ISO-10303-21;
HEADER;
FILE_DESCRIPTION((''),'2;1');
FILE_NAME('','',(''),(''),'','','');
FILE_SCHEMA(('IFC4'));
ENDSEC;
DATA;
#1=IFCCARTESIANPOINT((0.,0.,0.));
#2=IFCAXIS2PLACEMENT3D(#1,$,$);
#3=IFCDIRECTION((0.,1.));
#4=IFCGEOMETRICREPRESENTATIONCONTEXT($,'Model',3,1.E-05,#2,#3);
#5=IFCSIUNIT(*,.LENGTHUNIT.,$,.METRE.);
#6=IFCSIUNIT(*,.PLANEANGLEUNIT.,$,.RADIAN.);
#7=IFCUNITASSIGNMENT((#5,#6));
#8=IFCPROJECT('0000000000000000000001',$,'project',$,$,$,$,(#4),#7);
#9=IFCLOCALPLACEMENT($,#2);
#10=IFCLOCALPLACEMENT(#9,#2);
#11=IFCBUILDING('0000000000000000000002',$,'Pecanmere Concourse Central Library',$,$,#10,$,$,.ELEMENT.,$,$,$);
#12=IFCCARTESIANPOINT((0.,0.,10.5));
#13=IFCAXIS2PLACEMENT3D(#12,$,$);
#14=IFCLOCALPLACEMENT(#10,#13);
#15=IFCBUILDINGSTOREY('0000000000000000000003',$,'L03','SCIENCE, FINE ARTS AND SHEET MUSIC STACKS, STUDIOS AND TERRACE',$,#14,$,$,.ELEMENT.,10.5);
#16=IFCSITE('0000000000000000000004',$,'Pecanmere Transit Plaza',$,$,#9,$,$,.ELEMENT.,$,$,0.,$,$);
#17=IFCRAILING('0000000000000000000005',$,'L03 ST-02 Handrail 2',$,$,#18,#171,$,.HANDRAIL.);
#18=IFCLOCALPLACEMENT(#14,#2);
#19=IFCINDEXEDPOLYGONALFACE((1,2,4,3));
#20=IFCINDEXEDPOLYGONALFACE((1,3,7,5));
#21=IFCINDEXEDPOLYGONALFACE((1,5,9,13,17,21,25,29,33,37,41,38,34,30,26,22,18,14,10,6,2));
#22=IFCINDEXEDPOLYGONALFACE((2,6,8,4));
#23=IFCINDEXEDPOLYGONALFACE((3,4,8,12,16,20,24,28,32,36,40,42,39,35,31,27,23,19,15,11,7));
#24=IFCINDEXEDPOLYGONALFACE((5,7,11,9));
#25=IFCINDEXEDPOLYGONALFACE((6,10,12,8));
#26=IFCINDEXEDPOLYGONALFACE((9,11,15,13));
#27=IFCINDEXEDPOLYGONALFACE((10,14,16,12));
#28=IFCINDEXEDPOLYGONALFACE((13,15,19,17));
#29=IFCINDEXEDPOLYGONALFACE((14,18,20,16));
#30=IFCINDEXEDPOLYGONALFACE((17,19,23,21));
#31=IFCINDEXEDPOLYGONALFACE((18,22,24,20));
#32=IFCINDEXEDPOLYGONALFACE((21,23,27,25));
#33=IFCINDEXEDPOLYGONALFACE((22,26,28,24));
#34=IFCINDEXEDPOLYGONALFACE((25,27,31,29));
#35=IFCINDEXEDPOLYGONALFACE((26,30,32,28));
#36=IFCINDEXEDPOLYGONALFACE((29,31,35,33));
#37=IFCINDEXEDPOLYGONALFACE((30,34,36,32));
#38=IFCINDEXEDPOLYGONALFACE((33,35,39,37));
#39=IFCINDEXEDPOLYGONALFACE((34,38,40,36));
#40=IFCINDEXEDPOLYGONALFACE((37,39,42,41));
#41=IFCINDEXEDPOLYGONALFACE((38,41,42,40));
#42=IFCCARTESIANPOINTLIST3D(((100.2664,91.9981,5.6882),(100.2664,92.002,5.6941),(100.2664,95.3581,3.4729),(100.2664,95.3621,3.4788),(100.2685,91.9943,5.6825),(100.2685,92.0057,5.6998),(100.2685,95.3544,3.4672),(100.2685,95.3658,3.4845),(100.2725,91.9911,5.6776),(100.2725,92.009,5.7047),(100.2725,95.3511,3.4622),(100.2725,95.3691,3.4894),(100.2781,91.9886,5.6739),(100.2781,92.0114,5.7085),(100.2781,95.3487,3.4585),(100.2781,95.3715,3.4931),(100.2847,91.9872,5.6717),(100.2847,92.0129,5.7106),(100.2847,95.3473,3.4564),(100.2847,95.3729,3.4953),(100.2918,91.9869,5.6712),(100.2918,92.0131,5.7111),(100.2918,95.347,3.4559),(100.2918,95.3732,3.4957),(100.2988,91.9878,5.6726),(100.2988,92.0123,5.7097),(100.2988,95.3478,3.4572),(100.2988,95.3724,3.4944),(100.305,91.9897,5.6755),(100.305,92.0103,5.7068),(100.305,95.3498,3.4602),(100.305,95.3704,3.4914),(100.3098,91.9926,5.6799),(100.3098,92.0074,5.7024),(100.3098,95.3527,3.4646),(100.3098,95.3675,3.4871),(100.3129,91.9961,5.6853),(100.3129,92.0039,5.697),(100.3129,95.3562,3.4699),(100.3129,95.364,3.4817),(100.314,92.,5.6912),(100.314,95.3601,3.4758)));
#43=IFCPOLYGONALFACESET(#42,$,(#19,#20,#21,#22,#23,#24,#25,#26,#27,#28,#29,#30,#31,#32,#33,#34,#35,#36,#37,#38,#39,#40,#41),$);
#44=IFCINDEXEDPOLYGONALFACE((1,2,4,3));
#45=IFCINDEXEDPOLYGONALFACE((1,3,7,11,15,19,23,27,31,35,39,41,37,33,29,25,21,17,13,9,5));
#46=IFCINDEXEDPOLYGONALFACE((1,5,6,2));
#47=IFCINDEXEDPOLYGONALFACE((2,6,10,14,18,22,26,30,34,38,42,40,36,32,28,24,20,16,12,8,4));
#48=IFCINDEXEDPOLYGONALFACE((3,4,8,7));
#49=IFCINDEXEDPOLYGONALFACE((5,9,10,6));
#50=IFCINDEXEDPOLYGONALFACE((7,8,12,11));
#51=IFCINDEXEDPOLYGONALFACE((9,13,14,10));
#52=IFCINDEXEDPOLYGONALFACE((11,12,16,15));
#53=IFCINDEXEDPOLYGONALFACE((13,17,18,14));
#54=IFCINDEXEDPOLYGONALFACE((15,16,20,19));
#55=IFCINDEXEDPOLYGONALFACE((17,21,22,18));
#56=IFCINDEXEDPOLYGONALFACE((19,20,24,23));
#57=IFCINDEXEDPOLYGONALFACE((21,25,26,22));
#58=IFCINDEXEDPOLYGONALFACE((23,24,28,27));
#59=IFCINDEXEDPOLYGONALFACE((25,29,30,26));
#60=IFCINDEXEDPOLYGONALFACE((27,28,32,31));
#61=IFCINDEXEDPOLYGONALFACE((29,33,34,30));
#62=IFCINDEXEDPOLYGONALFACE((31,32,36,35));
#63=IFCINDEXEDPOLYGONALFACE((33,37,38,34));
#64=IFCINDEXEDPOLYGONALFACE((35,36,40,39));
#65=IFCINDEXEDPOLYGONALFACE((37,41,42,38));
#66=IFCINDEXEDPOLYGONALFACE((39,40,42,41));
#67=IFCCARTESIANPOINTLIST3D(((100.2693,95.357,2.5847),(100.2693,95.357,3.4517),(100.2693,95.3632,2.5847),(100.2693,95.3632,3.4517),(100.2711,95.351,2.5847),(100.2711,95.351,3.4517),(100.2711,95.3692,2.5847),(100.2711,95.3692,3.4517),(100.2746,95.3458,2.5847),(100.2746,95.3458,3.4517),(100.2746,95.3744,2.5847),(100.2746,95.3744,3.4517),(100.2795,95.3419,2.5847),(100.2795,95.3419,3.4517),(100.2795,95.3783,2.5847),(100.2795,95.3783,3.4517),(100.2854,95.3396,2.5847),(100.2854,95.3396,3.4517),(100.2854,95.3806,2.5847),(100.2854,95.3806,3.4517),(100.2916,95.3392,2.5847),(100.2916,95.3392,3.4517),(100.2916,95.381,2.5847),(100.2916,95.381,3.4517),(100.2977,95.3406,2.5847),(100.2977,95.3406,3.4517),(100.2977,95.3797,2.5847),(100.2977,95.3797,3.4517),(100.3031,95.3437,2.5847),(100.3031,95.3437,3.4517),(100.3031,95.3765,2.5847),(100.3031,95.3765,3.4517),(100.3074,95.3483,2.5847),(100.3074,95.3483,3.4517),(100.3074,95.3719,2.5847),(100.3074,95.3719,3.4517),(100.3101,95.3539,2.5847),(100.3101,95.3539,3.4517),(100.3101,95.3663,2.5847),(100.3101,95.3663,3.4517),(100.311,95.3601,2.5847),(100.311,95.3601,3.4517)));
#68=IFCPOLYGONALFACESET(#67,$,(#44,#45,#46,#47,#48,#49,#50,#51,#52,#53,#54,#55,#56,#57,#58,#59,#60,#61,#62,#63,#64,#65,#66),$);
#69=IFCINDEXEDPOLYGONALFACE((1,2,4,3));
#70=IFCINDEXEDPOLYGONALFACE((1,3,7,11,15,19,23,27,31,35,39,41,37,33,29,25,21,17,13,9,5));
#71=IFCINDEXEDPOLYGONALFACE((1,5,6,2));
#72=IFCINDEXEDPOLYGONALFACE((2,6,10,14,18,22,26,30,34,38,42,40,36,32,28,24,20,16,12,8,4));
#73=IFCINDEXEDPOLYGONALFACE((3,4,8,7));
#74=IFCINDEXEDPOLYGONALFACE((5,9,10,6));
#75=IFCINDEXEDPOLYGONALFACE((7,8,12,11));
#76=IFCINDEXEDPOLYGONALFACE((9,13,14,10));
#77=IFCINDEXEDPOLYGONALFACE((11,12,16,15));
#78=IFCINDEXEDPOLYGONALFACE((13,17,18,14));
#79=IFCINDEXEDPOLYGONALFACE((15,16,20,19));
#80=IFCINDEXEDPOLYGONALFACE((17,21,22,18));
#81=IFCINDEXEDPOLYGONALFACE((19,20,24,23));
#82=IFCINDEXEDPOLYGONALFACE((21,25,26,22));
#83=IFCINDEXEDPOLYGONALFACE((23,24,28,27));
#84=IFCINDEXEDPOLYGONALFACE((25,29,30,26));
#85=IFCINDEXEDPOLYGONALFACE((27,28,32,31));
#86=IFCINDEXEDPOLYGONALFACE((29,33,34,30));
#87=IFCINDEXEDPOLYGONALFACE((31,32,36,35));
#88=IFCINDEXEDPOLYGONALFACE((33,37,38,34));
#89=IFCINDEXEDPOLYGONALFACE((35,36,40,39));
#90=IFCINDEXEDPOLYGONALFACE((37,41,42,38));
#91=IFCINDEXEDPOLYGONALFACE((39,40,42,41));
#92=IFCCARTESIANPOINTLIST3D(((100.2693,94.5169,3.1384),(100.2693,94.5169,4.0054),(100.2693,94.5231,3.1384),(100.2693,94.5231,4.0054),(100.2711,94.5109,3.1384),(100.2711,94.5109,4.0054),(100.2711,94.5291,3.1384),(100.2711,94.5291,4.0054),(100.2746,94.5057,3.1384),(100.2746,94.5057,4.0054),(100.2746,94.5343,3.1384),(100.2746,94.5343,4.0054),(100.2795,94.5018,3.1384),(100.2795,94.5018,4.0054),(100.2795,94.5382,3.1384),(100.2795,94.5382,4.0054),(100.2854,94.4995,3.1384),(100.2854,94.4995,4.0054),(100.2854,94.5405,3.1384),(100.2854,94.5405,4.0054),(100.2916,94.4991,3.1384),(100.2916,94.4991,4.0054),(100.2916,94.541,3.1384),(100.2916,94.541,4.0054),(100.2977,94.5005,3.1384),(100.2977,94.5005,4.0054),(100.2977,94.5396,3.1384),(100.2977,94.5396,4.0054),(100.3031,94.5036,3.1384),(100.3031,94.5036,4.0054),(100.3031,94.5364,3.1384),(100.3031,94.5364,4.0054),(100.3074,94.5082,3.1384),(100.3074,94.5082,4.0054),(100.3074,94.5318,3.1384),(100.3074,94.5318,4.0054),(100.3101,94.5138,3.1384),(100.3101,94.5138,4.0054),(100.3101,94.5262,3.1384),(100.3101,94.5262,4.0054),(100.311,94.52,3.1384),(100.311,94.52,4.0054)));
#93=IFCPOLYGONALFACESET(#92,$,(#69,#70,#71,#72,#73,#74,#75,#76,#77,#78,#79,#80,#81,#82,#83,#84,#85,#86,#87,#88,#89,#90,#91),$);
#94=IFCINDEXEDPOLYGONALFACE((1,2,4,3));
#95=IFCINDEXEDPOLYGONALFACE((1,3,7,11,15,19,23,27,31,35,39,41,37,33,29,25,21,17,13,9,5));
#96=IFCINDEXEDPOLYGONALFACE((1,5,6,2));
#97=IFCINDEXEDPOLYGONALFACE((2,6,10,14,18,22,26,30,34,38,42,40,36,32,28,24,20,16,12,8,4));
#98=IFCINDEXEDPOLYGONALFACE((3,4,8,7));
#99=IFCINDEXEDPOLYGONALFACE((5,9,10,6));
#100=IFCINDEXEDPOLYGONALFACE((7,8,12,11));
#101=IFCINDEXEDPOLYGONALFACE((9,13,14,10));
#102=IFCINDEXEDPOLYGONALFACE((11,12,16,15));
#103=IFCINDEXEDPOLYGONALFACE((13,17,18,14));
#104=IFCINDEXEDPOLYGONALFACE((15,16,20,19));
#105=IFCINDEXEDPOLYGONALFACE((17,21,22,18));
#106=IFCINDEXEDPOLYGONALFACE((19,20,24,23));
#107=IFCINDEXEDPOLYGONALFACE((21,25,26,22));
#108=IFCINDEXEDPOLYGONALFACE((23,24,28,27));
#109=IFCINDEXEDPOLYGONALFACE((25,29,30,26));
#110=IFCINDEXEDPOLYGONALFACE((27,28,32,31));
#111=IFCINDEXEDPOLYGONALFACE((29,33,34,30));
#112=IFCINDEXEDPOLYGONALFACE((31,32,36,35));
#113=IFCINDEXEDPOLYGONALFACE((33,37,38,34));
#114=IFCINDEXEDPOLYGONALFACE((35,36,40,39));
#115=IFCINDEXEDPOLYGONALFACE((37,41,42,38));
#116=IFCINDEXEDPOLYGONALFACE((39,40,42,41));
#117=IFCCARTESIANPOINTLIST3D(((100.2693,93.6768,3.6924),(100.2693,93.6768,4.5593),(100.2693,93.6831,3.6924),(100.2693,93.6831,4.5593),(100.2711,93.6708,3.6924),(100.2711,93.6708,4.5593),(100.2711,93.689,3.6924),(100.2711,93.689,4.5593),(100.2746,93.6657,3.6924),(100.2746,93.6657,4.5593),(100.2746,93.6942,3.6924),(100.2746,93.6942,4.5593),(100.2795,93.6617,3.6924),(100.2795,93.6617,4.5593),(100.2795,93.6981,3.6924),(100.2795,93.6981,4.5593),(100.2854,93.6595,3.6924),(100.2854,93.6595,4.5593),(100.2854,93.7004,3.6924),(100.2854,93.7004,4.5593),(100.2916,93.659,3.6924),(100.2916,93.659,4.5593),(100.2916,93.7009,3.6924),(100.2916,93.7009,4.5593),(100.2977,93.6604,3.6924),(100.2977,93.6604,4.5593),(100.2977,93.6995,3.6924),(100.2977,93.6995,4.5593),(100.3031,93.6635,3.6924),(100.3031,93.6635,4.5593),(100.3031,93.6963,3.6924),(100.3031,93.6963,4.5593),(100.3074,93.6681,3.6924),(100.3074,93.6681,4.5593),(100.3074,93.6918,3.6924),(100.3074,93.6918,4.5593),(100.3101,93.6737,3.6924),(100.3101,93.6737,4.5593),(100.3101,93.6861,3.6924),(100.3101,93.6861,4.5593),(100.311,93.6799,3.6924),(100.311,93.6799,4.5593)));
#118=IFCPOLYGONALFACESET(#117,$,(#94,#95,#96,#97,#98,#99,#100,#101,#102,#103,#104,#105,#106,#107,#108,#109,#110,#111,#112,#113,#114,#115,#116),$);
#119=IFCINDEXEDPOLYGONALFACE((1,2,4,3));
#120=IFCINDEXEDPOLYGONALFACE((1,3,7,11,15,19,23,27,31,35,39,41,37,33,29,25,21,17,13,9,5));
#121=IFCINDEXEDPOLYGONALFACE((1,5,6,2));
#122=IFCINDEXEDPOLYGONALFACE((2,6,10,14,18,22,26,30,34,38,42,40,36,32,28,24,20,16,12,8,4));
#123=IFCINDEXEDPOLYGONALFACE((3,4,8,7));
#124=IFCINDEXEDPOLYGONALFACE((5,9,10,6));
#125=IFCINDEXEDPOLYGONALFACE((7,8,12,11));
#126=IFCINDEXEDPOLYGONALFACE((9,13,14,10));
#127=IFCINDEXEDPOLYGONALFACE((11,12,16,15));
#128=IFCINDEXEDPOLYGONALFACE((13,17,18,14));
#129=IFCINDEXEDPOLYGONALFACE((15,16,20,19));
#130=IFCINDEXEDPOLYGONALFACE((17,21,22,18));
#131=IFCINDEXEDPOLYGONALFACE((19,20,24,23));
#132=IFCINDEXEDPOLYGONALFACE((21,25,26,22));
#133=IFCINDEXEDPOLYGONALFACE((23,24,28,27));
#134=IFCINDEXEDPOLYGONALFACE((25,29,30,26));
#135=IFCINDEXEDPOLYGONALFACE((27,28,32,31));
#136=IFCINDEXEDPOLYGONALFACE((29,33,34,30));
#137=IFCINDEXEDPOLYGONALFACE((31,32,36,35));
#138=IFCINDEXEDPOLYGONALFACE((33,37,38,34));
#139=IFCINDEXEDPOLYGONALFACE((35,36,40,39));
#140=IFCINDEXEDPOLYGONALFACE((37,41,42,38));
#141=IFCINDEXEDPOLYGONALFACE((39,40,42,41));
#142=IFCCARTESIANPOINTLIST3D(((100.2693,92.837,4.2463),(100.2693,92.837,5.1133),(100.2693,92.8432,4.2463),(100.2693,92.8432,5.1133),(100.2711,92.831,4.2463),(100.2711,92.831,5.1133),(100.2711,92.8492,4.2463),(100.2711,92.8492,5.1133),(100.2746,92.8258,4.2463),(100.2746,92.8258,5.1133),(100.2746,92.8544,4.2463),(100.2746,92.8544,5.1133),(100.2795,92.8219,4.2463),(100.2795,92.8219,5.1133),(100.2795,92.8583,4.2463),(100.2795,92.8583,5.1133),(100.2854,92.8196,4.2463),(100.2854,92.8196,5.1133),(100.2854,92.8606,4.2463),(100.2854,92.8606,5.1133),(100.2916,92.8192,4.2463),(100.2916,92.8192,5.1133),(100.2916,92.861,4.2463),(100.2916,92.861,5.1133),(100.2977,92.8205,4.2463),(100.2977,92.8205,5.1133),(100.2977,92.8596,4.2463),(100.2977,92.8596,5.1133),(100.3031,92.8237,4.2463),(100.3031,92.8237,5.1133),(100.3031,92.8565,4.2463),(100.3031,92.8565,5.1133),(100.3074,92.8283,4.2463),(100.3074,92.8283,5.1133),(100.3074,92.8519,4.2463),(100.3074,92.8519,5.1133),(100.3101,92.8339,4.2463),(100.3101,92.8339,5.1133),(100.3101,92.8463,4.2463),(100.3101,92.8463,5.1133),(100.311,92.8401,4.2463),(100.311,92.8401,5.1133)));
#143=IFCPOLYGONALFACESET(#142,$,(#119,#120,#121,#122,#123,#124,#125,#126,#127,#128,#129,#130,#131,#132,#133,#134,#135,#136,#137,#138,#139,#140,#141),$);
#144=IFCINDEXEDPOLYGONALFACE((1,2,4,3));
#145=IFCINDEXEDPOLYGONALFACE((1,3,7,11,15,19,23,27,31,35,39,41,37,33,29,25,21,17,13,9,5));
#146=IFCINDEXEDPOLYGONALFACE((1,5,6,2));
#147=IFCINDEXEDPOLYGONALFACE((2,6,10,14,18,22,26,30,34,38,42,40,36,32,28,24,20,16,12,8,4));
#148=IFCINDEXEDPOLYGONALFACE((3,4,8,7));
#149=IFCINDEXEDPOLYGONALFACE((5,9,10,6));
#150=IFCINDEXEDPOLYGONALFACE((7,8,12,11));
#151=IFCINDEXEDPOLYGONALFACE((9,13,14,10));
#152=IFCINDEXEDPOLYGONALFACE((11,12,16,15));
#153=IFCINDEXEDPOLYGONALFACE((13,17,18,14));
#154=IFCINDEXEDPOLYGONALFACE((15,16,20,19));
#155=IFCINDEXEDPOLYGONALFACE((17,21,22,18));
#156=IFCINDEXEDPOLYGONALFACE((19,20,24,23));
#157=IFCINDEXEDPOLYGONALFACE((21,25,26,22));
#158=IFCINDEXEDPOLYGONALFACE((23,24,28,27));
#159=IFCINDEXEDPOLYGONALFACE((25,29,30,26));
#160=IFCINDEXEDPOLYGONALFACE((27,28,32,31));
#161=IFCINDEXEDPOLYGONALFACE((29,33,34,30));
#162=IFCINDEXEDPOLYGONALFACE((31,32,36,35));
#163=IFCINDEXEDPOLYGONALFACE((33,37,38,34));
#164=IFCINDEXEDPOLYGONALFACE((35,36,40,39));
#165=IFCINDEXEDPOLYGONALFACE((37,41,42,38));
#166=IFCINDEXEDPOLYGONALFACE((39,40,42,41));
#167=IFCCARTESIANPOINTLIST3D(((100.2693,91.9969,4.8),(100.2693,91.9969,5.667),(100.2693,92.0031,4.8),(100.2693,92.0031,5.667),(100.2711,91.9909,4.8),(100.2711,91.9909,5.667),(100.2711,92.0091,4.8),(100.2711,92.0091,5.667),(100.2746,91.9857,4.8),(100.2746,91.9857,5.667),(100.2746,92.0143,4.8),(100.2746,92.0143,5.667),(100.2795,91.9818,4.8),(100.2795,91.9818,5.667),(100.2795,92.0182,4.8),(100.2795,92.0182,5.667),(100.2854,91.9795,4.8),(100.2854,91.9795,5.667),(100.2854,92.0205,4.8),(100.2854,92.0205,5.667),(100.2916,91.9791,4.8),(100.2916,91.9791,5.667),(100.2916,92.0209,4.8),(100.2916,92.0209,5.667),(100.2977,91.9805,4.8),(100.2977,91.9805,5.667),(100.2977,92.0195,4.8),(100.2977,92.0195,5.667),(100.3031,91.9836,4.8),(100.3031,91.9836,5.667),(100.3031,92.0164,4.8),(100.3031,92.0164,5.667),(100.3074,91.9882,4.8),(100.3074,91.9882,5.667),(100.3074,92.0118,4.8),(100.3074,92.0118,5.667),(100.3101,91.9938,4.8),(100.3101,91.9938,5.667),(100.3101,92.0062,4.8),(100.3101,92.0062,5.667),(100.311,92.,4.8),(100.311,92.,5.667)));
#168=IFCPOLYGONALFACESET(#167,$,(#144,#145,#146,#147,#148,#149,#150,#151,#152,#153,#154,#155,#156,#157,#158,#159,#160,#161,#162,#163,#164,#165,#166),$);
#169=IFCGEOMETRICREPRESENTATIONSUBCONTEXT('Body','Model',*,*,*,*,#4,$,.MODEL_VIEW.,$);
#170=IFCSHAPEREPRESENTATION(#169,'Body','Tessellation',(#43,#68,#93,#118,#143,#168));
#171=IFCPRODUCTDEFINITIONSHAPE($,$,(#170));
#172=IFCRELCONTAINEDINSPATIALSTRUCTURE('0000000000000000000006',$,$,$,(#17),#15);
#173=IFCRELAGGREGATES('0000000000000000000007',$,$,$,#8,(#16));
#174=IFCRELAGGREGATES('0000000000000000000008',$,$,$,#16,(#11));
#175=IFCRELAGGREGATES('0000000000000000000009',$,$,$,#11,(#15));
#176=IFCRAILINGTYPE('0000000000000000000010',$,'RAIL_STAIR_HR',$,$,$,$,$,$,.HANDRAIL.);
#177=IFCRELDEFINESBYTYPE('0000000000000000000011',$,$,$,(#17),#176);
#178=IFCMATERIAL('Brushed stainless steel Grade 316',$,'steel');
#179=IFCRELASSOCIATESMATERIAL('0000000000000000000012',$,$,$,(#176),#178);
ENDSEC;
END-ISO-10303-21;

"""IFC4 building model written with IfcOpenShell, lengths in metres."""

from ifc_helpers import new_model, si_unit, direction, frame, origin, origin_2d, place, context, subcontext, project, spatial, circle, extrude, material, type_object, element, save


model = new_model("IFC4")

# Units and contexts
model_context = context("Model", 3, precision=1e-05, world=origin(), true_north=direction((0.0, 1.0)))
body_context = subcontext(model_context, "Body", "Model", "MODEL_VIEW")
ifc_project = project(units=[si_unit("LENGTHUNIT", "METRE"), si_unit("PLANEANGLEUNIT", "RADIAN")], contexts=[model_context])

# Site, building, storey
site_placement = place(None, origin())
site = spatial("IfcSite", under=ifc_project, at=site_placement, Name="Pecanmere Transit Plaza", CompositionType="ELEMENT", RefElevation=0.0)
building_placement = place(site_placement, origin())
building = spatial("IfcBuilding", under=site, at=building_placement, Name="Pecanmere Concourse Central Library", CompositionType="ELEMENT")
storey_placement = place(building_placement, frame((0.0, 0.0, 10.5)))
storey = spatial("IfcBuildingStorey", under=building, at=storey_placement, Name="L03", Description="SCIENCE, FINE ARTS AND SHEET MUSIC STACKS, STUDIOS AND TERRACE", CompositionType="ELEMENT", Elevation=10.5)

# Railing
ifc_material_1 = material(Name="Brushed stainless steel Grade 316", Category="steel")
railing_type_1 = type_object("IfcRailingType", Name="RAIL_STAIR_HR", PredefinedType="HANDRAIL", material=ifc_material_1)
railing_1_placement = place(storey_placement, frame((100.29, 95.3601, 2.5847)))
element("IfcRailing", 1, at=railing_1_placement, inside=storey, type_object=railing_type_1, Name="L03 ST-02 Handrail 2", PredefinedType="HANDRAIL", context=body_context, shape_type="SweptSolid", body=[
    extrude(circle(Radius=0.0239, at=origin_2d()), frame((0.0, 0.0, 0.8911), z_axis=(0.0, -0.834876, 0.550437), x_axis=(1.0, 0.0, 0.0)), (0.0, 0.0, 1.0), 4.0247),
    extrude(circle(Radius=0.021, at=origin_2d()), origin(), (0.0, 0.0, 1.0), 0.8669),
    extrude(circle(Radius=0.021, at=origin_2d()), frame((0.0, -0.8401, 0.5537)), (0.0, 0.0, 1.0), 0.8669),
    extrude(circle(Radius=0.021, at=origin_2d()), frame((0.0, -1.6802, 1.1077)), (0.0, 0.0, 1.0), 0.8669),
    extrude(circle(Radius=0.021, at=origin_2d()), frame((0.0, -2.52, 1.6616)), (0.0, 0.0, 1.0), 0.8669),
    extrude(circle(Radius=0.021, at=origin_2d()), frame((0.0, -3.3601, 2.2153)), (0.0, 0.0, 1.0), 0.8669),
])

save(model, "model.ifc")
